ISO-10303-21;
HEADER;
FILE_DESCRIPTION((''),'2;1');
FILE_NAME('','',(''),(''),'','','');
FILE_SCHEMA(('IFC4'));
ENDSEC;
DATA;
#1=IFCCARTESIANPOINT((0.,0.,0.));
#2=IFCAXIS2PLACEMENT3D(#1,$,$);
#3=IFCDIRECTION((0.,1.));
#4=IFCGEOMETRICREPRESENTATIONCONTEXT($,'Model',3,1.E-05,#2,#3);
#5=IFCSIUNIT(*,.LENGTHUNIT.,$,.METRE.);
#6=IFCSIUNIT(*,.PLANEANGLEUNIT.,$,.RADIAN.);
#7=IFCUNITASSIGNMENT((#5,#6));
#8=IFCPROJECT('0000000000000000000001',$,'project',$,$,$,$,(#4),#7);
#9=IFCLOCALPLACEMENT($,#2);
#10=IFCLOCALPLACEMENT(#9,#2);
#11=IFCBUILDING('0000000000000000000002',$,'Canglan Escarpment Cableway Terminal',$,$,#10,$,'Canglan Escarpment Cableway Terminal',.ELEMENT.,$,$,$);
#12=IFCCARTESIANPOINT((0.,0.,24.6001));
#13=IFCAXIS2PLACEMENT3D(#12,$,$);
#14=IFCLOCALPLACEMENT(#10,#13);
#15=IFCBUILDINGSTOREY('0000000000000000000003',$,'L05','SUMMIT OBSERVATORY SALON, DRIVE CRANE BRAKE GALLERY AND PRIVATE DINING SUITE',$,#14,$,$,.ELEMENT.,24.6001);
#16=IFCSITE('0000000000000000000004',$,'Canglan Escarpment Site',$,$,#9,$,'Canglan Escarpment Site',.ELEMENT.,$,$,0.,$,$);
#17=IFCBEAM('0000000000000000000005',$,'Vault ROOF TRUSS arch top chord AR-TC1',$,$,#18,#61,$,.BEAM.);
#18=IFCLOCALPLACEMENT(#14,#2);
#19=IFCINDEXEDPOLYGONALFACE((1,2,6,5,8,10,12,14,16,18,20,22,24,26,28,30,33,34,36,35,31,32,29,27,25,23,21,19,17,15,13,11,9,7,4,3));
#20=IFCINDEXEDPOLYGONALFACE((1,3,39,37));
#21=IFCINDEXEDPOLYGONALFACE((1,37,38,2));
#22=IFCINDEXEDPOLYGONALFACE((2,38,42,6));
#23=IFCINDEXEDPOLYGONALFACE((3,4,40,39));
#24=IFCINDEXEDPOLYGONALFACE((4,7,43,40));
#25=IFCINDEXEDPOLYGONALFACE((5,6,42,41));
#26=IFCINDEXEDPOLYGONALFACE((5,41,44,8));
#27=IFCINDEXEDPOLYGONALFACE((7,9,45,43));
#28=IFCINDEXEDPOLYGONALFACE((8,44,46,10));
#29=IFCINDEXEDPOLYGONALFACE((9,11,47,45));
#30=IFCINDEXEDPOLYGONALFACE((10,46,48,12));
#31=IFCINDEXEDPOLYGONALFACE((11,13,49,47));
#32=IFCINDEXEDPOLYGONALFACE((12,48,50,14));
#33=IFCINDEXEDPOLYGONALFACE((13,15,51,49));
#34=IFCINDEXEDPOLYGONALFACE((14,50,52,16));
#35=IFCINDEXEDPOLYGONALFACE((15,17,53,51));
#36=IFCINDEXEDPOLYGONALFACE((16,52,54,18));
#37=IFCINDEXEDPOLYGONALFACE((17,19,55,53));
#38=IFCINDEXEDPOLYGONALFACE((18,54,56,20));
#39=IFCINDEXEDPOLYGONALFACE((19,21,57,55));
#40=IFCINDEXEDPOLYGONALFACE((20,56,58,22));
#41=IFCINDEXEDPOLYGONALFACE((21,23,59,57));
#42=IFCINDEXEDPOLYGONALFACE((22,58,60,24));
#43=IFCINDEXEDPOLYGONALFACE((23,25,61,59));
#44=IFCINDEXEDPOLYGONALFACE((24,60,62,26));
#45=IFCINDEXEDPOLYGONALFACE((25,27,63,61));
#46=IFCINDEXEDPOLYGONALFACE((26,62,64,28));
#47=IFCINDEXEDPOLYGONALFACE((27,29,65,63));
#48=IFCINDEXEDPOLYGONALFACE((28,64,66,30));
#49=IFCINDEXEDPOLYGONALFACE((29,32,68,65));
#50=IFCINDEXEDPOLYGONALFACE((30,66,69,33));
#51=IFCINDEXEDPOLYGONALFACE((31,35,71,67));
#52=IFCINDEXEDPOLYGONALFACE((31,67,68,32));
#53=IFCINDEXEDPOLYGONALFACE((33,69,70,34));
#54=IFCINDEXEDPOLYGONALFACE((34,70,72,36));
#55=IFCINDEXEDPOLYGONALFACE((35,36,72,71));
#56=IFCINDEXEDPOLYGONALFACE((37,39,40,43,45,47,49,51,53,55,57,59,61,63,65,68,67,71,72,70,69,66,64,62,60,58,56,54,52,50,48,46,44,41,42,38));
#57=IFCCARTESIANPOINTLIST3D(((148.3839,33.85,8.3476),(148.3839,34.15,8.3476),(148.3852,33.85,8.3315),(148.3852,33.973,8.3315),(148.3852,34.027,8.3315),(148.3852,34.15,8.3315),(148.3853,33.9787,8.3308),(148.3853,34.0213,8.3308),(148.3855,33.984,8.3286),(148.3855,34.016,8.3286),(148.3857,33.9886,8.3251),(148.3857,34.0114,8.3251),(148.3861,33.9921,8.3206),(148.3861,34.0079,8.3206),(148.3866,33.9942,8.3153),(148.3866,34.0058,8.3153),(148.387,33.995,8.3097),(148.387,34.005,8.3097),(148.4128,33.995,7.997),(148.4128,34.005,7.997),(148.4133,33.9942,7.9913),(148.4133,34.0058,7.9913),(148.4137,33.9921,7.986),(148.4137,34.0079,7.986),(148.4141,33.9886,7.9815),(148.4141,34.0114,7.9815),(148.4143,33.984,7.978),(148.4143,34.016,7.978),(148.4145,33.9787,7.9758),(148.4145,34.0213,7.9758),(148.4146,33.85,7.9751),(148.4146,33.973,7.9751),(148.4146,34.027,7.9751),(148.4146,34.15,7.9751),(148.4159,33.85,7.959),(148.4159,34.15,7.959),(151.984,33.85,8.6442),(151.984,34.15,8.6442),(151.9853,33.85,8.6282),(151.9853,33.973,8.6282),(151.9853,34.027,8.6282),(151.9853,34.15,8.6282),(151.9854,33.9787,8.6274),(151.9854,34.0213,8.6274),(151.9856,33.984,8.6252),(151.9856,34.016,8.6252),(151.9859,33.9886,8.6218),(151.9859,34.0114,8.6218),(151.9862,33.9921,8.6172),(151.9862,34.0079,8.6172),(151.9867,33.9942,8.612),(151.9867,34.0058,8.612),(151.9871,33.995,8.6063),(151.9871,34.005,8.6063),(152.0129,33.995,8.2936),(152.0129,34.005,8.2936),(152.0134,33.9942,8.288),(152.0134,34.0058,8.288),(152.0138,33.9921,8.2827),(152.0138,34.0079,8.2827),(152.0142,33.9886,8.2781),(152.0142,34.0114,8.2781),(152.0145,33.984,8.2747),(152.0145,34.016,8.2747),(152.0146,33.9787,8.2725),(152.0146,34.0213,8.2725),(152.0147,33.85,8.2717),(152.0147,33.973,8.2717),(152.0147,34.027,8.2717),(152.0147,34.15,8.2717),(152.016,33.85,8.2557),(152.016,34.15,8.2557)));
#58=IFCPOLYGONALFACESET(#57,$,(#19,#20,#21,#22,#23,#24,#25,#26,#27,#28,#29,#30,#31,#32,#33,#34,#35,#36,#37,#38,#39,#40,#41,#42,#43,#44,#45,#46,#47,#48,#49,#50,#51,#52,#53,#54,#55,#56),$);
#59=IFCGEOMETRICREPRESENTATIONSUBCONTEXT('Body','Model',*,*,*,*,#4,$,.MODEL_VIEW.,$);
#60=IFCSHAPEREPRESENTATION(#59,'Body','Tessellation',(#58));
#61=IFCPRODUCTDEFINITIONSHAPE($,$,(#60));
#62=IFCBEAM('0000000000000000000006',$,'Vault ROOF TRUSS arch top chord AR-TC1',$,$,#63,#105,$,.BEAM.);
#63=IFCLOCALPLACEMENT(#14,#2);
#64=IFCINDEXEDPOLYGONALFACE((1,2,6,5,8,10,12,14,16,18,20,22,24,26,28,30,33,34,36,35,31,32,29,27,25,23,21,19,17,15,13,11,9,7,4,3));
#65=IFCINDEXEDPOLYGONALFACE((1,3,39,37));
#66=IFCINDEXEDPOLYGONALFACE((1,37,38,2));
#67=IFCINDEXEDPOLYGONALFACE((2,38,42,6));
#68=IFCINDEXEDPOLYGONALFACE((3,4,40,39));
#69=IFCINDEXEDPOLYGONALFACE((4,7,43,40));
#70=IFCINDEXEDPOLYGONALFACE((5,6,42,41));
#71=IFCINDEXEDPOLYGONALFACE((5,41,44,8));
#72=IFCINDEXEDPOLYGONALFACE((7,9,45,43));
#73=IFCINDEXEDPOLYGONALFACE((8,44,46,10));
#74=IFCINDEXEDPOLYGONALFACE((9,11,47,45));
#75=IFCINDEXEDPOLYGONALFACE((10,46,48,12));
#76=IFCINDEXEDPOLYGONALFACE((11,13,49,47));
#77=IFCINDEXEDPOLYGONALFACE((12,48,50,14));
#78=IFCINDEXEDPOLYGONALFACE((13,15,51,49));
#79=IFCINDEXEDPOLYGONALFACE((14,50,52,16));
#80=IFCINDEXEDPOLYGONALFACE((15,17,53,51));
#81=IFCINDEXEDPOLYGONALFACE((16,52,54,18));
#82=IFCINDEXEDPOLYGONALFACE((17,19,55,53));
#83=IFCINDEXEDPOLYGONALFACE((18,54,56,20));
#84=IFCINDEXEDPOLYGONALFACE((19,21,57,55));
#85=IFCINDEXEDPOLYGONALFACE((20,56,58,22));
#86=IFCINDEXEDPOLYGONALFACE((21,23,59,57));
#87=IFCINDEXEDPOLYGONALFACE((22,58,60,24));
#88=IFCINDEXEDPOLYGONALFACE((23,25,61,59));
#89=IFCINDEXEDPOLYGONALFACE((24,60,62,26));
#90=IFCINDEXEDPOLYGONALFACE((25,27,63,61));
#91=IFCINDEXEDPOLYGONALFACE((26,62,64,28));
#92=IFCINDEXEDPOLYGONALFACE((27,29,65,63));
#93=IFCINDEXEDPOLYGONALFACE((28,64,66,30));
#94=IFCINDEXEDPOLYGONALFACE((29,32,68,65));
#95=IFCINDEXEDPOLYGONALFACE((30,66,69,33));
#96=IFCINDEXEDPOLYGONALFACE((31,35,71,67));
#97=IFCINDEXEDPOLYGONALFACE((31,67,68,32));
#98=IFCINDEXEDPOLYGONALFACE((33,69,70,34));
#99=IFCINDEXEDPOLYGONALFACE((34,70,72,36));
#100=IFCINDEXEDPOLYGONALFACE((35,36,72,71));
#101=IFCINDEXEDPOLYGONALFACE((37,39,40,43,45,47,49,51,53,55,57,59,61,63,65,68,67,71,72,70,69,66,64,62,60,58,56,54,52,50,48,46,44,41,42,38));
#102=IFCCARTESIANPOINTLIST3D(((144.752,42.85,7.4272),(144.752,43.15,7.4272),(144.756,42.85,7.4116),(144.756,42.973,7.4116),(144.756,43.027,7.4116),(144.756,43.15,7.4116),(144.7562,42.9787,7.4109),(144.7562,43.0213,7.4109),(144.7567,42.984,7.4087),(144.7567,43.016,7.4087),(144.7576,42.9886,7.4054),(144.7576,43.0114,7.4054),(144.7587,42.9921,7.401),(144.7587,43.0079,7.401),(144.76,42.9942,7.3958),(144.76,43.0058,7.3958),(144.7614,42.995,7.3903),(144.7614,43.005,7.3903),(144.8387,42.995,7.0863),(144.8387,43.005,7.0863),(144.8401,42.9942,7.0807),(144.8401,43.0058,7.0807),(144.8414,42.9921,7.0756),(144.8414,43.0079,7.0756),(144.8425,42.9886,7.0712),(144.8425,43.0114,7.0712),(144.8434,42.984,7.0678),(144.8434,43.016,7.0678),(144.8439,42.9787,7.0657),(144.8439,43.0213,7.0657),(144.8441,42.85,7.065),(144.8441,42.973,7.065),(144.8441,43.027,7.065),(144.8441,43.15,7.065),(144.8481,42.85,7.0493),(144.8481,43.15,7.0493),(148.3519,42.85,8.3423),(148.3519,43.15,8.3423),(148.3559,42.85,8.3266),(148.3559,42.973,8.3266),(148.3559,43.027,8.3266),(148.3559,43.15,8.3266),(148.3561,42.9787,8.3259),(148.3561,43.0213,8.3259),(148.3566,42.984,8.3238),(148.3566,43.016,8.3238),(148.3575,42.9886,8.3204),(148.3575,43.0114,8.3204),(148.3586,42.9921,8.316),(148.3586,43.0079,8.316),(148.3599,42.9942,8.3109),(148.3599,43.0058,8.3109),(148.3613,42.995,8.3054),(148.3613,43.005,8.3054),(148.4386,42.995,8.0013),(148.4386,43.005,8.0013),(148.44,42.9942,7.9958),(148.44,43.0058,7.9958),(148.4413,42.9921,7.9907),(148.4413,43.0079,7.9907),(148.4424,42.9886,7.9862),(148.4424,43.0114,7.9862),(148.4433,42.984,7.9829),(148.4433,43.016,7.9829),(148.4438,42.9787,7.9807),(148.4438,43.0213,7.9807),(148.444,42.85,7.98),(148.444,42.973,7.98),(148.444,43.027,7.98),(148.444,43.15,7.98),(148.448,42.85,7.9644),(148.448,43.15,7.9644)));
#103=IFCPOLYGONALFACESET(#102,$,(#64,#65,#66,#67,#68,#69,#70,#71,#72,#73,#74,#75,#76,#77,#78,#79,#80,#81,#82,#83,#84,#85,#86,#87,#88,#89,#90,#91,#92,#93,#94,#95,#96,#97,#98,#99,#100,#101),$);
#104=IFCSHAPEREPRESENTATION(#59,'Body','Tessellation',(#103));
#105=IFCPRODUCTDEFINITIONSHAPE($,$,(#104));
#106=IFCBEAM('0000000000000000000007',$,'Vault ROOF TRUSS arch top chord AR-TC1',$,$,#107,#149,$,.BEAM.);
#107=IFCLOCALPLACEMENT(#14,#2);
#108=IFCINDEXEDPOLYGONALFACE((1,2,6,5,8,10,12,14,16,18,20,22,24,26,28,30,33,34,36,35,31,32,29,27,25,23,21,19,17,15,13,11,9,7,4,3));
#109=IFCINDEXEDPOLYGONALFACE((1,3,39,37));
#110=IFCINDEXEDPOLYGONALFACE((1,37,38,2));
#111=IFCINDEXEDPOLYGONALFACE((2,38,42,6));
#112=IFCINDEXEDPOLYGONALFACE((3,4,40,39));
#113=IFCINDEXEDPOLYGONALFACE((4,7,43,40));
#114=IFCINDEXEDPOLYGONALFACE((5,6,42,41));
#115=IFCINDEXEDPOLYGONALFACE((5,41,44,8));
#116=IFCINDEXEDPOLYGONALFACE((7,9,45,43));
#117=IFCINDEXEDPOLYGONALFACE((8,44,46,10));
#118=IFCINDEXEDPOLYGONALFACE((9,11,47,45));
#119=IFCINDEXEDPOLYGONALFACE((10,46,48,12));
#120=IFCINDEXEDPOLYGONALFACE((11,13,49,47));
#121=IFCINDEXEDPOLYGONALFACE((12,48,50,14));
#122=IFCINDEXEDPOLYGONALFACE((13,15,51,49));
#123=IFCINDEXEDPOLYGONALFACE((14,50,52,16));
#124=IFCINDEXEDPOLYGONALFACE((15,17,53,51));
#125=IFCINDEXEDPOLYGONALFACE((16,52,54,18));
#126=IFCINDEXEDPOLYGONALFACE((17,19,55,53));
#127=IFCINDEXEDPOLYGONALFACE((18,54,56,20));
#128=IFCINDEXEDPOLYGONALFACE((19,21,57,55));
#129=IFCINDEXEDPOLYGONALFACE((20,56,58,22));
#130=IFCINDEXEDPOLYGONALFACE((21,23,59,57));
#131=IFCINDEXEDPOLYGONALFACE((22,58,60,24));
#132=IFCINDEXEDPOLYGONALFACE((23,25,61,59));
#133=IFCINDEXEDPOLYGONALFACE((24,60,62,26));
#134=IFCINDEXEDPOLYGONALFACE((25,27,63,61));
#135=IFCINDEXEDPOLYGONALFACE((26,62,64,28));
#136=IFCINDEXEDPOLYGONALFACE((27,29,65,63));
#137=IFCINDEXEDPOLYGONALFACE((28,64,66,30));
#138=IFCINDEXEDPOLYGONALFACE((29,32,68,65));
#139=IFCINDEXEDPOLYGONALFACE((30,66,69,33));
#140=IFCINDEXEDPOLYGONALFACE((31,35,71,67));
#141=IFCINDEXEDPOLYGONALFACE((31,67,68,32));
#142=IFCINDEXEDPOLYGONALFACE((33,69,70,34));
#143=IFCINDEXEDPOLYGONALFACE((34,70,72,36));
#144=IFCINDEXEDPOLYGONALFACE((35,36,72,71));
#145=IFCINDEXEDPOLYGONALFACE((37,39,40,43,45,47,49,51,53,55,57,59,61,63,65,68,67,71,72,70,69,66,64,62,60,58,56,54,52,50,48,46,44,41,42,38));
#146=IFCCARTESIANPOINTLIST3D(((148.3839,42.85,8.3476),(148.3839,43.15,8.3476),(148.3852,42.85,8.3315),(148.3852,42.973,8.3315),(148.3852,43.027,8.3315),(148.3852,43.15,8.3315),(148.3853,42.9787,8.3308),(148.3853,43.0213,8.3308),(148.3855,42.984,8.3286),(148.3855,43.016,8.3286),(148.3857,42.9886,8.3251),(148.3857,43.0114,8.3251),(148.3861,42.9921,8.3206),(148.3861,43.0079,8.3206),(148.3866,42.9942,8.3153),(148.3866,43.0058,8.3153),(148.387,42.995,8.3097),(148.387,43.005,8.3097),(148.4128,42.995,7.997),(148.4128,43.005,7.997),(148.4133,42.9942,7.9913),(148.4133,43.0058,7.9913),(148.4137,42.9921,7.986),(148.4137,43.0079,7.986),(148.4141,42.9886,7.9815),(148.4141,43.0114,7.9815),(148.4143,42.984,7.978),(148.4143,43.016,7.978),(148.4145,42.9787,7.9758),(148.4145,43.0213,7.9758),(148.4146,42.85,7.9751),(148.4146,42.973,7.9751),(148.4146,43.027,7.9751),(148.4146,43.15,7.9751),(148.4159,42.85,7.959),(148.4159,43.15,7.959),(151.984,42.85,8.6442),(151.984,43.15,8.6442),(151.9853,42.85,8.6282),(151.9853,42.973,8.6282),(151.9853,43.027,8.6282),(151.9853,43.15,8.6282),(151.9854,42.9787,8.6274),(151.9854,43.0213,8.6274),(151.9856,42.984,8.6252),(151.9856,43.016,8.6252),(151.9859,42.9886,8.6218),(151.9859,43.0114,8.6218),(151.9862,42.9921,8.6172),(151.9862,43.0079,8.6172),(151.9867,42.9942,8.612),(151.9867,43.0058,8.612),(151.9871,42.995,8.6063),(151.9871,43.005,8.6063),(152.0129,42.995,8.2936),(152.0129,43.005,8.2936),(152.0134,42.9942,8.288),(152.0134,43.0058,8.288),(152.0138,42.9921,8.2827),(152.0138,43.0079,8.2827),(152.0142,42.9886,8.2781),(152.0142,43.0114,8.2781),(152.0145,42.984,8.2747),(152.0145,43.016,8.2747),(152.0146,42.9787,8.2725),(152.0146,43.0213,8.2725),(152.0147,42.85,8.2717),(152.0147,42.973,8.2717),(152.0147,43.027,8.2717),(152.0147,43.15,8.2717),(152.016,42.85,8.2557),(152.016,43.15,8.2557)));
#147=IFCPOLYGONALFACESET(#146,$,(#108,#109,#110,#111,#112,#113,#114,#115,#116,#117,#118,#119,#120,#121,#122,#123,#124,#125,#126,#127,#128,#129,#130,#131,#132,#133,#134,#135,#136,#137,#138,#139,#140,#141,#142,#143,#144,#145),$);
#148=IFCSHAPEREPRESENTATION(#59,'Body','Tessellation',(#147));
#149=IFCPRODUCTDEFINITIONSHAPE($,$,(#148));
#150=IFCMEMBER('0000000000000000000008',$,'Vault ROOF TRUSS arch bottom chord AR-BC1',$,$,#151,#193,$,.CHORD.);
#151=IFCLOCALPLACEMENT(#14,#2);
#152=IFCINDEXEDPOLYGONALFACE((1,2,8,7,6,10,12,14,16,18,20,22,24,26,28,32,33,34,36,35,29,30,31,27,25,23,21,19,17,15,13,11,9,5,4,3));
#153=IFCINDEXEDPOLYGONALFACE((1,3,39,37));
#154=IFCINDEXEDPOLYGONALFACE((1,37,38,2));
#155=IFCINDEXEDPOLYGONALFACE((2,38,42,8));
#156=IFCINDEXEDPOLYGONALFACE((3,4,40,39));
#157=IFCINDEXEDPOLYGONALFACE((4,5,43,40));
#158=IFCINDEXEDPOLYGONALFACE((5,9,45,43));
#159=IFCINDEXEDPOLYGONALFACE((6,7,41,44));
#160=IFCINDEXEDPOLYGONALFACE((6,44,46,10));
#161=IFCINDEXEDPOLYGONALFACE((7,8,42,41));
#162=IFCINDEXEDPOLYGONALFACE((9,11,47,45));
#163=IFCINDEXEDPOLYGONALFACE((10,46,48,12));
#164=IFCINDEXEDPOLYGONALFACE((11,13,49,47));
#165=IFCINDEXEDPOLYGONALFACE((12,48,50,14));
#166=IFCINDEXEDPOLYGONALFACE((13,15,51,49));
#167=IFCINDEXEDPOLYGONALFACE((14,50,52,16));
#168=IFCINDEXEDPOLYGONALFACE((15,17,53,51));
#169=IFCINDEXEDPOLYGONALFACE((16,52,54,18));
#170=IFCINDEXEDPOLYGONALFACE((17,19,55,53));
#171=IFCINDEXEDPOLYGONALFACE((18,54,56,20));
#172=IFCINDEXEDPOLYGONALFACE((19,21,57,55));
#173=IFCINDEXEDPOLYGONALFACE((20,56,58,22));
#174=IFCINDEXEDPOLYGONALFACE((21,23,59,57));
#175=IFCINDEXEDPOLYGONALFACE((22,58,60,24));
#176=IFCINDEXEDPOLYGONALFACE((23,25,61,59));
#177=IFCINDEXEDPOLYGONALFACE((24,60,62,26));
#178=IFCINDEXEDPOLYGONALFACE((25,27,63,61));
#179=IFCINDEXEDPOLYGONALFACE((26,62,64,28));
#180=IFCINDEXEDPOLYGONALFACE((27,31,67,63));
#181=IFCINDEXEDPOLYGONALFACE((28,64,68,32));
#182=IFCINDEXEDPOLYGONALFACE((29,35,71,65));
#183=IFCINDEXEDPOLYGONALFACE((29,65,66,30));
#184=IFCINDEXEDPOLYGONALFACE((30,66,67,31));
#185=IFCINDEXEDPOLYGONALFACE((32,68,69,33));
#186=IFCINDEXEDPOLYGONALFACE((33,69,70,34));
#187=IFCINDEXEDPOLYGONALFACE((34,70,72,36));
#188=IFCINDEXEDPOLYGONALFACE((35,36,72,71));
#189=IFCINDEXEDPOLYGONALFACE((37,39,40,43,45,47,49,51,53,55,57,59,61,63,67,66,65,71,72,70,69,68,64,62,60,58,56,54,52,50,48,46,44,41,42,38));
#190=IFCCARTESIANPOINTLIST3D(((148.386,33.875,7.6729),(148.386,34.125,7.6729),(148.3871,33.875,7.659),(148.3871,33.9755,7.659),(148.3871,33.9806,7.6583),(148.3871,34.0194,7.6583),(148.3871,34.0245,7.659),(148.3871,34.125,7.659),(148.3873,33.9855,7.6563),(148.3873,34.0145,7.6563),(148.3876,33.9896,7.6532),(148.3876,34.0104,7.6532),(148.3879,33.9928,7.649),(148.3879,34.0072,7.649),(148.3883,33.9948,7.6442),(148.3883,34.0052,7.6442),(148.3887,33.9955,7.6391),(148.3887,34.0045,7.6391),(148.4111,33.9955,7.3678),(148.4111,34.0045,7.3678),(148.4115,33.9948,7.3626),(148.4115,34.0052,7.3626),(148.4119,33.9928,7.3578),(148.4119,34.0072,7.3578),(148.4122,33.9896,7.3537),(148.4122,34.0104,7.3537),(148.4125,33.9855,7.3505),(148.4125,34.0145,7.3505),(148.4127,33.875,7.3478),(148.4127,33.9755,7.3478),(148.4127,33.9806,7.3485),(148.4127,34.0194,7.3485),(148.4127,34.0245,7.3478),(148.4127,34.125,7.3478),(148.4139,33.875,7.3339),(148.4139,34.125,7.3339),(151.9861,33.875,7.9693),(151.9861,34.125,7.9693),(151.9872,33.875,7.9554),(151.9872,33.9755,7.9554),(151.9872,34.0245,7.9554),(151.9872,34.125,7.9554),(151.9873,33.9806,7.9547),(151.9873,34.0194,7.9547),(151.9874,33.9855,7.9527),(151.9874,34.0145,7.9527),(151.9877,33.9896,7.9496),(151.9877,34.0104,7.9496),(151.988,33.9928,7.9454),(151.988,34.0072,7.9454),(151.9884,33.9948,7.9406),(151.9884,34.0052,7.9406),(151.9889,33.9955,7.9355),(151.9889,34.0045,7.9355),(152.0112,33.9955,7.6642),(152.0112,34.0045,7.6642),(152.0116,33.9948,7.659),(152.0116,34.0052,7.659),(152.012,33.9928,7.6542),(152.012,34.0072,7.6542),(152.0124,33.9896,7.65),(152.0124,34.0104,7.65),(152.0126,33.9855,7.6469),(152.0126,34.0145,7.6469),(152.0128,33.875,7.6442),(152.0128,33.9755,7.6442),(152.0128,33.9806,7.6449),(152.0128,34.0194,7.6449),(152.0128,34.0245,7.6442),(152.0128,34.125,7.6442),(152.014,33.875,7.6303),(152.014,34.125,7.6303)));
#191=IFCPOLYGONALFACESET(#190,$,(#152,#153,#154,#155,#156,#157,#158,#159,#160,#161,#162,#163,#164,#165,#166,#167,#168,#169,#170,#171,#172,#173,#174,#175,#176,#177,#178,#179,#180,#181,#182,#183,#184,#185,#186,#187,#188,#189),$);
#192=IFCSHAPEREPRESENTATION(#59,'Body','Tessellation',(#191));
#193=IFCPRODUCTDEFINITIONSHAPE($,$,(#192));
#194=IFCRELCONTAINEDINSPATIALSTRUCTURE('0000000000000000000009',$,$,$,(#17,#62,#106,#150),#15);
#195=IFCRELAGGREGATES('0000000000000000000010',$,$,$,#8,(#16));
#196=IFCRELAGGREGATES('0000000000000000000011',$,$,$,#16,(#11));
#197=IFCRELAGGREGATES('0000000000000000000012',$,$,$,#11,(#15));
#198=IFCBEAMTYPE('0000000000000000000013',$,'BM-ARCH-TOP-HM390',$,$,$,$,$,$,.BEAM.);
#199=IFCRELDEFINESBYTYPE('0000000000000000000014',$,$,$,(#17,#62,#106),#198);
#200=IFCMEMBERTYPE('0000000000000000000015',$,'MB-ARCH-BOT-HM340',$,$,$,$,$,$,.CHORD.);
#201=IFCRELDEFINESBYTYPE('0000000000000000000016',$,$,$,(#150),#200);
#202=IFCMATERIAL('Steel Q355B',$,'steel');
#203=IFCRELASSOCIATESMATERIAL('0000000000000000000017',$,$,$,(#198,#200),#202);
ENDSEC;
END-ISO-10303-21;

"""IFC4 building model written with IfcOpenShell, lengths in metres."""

from ifc_helpers import new_model, si_unit, direction, frame, origin, origin_2d, place, context, subcontext, project, spatial, i_section, extrude, material, material_profile, profile_set, type_object, element, save


model = new_model("IFC4")

# Units and contexts
model_context = context("Model", 3, precision=1e-05, world=origin(), true_north=direction((0.0, 1.0)))
body_context = subcontext(model_context, "Body", "Model", "MODEL_VIEW")
ifc_project = project(units=[si_unit("LENGTHUNIT", "METRE"), si_unit("PLANEANGLEUNIT", "RADIAN")], contexts=[model_context])

# Site, building, storey
site_placement = place(None, origin())
site = spatial("IfcSite", under=ifc_project, at=site_placement, Name="Canglan Escarpment Site", LongName="Canglan Escarpment Site", CompositionType="ELEMENT", RefElevation=0.0)
building_placement = place(site_placement, origin())
building = spatial("IfcBuilding", under=site, at=building_placement, Name="Canglan Escarpment Cableway Terminal", LongName="Canglan Escarpment Cableway Terminal", CompositionType="ELEMENT")
storey_placement = place(building_placement, frame((0.0, 0.0, 24.6001)))
storey = spatial("IfcBuildingStorey", under=building, at=storey_placement, Name="L05", Description="SUMMIT OBSERVATORY SALON, DRIVE CRANE BRAKE GALLERY AND PRIVATE DINING SUITE", CompositionType="ELEMENT", Elevation=24.6001)

# Beams
ifc_material_1 = material(Name="Steel Q355B", Category="steel")
ifc_material_profile_1 = material_profile(ifc_material_1, i_section(OverallWidth=0.3, OverallDepth=0.3899, WebThickness=0.01, FlangeThickness=0.0161, FilletRadius=0.022, at=origin_2d()), Name="HM 390x300x10x16")
ifc_profile_set_1 = profile_set([ifc_material_profile_1], Name="Steel Q355B")
beam_type = type_object("IfcBeamType", Name="BM-ARCH-TOP-HM390", PredefinedType="BEAM", material=ifc_profile_set_1)
beam_1_placement = place(storey_placement, frame((148.3999, 34.0, 8.1533), z_axis=(0.996623, 0.0, 0.082117), x_axis=(0.0, 1.0, 0.0)))
element("IfcBeam", 1, at=beam_1_placement, inside=storey, type_object=beam_type, Name="Vault ROOF TRUSS arch top chord AR-TC1", PredefinedType="BEAM", context=body_context, shape_type="SweptSolid", body=[
    extrude(i_section(OverallWidth=0.3, OverallDepth=0.3899, WebThickness=0.01, FlangeThickness=0.0161, FilletRadius=0.022, at=origin_2d()), origin(), (0.0, 0.0, 1.0), 3.6123),
])
beam_2_placement = place(storey_placement, frame((144.8, 43.0, 7.2383), z_axis=(0.96918, 0.0, 0.246354), x_axis=(0.0, 1.0, 0.0)))
element("IfcBeam", 2, at=beam_2_placement, inside=storey, type_object=beam_type, Name="Vault ROOF TRUSS arch top chord AR-TC1", PredefinedType="BEAM", context=body_context, shape_type="SweptSolid", body=[
    extrude(i_section(OverallWidth=0.3, OverallDepth=0.3899, WebThickness=0.01, FlangeThickness=0.0161, FilletRadius=0.022, at=origin_2d()), origin(), (0.0, 0.0, 1.0), 3.7144),
])
beam_3_placement = place(storey_placement, frame((148.3999, 43.0, 8.1533), z_axis=(0.996623, 0.0, 0.082117), x_axis=(0.0, 1.0, 0.0)))
element("IfcBeam", 3, at=beam_3_placement, inside=storey, type_object=beam_type, Name="Vault ROOF TRUSS arch top chord AR-TC1", PredefinedType="BEAM", context=body_context, shape_type="SweptSolid", body=[
    extrude(i_section(OverallWidth=0.3, OverallDepth=0.3899, WebThickness=0.01, FlangeThickness=0.0161, FilletRadius=0.022, at=origin_2d()), origin(), (0.0, 0.0, 1.0), 3.6123),
])

# Member
ifc_material_profile_2 = material_profile(ifc_material_1, i_section(OverallWidth=0.25, OverallDepth=0.3401, WebThickness=0.009, FlangeThickness=0.0139, FilletRadius=0.02, at=origin_2d()), Name="HM 340x250x9x14")
ifc_profile_set_2 = profile_set([ifc_material_profile_2], Name="Steel Q355B")
member_type_1 = type_object("IfcMemberType", Name="MB-ARCH-BOT-HM340", PredefinedType="CHORD", material=ifc_profile_set_2)
member_1_placement = place(storey_placement, frame((148.3999, 34.0, 7.5034), z_axis=(0.996628, 0.0, 0.08205), x_axis=(0.0, 1.0, 0.0)))
element("IfcMember", 4, at=member_1_placement, inside=storey, type_object=member_type_1, Name="Vault ROOF TRUSS arch bottom chord AR-BC1", PredefinedType="CHORD", context=body_context, shape_type="SweptSolid", body=[
    extrude(i_section(OverallWidth=0.25, OverallDepth=0.3401, WebThickness=0.009, FlangeThickness=0.0139, FilletRadius=0.02, at=origin_2d()), origin(), (0.0, 0.0, 1.0), 3.6123),
])

save(model, "model.ifc")
